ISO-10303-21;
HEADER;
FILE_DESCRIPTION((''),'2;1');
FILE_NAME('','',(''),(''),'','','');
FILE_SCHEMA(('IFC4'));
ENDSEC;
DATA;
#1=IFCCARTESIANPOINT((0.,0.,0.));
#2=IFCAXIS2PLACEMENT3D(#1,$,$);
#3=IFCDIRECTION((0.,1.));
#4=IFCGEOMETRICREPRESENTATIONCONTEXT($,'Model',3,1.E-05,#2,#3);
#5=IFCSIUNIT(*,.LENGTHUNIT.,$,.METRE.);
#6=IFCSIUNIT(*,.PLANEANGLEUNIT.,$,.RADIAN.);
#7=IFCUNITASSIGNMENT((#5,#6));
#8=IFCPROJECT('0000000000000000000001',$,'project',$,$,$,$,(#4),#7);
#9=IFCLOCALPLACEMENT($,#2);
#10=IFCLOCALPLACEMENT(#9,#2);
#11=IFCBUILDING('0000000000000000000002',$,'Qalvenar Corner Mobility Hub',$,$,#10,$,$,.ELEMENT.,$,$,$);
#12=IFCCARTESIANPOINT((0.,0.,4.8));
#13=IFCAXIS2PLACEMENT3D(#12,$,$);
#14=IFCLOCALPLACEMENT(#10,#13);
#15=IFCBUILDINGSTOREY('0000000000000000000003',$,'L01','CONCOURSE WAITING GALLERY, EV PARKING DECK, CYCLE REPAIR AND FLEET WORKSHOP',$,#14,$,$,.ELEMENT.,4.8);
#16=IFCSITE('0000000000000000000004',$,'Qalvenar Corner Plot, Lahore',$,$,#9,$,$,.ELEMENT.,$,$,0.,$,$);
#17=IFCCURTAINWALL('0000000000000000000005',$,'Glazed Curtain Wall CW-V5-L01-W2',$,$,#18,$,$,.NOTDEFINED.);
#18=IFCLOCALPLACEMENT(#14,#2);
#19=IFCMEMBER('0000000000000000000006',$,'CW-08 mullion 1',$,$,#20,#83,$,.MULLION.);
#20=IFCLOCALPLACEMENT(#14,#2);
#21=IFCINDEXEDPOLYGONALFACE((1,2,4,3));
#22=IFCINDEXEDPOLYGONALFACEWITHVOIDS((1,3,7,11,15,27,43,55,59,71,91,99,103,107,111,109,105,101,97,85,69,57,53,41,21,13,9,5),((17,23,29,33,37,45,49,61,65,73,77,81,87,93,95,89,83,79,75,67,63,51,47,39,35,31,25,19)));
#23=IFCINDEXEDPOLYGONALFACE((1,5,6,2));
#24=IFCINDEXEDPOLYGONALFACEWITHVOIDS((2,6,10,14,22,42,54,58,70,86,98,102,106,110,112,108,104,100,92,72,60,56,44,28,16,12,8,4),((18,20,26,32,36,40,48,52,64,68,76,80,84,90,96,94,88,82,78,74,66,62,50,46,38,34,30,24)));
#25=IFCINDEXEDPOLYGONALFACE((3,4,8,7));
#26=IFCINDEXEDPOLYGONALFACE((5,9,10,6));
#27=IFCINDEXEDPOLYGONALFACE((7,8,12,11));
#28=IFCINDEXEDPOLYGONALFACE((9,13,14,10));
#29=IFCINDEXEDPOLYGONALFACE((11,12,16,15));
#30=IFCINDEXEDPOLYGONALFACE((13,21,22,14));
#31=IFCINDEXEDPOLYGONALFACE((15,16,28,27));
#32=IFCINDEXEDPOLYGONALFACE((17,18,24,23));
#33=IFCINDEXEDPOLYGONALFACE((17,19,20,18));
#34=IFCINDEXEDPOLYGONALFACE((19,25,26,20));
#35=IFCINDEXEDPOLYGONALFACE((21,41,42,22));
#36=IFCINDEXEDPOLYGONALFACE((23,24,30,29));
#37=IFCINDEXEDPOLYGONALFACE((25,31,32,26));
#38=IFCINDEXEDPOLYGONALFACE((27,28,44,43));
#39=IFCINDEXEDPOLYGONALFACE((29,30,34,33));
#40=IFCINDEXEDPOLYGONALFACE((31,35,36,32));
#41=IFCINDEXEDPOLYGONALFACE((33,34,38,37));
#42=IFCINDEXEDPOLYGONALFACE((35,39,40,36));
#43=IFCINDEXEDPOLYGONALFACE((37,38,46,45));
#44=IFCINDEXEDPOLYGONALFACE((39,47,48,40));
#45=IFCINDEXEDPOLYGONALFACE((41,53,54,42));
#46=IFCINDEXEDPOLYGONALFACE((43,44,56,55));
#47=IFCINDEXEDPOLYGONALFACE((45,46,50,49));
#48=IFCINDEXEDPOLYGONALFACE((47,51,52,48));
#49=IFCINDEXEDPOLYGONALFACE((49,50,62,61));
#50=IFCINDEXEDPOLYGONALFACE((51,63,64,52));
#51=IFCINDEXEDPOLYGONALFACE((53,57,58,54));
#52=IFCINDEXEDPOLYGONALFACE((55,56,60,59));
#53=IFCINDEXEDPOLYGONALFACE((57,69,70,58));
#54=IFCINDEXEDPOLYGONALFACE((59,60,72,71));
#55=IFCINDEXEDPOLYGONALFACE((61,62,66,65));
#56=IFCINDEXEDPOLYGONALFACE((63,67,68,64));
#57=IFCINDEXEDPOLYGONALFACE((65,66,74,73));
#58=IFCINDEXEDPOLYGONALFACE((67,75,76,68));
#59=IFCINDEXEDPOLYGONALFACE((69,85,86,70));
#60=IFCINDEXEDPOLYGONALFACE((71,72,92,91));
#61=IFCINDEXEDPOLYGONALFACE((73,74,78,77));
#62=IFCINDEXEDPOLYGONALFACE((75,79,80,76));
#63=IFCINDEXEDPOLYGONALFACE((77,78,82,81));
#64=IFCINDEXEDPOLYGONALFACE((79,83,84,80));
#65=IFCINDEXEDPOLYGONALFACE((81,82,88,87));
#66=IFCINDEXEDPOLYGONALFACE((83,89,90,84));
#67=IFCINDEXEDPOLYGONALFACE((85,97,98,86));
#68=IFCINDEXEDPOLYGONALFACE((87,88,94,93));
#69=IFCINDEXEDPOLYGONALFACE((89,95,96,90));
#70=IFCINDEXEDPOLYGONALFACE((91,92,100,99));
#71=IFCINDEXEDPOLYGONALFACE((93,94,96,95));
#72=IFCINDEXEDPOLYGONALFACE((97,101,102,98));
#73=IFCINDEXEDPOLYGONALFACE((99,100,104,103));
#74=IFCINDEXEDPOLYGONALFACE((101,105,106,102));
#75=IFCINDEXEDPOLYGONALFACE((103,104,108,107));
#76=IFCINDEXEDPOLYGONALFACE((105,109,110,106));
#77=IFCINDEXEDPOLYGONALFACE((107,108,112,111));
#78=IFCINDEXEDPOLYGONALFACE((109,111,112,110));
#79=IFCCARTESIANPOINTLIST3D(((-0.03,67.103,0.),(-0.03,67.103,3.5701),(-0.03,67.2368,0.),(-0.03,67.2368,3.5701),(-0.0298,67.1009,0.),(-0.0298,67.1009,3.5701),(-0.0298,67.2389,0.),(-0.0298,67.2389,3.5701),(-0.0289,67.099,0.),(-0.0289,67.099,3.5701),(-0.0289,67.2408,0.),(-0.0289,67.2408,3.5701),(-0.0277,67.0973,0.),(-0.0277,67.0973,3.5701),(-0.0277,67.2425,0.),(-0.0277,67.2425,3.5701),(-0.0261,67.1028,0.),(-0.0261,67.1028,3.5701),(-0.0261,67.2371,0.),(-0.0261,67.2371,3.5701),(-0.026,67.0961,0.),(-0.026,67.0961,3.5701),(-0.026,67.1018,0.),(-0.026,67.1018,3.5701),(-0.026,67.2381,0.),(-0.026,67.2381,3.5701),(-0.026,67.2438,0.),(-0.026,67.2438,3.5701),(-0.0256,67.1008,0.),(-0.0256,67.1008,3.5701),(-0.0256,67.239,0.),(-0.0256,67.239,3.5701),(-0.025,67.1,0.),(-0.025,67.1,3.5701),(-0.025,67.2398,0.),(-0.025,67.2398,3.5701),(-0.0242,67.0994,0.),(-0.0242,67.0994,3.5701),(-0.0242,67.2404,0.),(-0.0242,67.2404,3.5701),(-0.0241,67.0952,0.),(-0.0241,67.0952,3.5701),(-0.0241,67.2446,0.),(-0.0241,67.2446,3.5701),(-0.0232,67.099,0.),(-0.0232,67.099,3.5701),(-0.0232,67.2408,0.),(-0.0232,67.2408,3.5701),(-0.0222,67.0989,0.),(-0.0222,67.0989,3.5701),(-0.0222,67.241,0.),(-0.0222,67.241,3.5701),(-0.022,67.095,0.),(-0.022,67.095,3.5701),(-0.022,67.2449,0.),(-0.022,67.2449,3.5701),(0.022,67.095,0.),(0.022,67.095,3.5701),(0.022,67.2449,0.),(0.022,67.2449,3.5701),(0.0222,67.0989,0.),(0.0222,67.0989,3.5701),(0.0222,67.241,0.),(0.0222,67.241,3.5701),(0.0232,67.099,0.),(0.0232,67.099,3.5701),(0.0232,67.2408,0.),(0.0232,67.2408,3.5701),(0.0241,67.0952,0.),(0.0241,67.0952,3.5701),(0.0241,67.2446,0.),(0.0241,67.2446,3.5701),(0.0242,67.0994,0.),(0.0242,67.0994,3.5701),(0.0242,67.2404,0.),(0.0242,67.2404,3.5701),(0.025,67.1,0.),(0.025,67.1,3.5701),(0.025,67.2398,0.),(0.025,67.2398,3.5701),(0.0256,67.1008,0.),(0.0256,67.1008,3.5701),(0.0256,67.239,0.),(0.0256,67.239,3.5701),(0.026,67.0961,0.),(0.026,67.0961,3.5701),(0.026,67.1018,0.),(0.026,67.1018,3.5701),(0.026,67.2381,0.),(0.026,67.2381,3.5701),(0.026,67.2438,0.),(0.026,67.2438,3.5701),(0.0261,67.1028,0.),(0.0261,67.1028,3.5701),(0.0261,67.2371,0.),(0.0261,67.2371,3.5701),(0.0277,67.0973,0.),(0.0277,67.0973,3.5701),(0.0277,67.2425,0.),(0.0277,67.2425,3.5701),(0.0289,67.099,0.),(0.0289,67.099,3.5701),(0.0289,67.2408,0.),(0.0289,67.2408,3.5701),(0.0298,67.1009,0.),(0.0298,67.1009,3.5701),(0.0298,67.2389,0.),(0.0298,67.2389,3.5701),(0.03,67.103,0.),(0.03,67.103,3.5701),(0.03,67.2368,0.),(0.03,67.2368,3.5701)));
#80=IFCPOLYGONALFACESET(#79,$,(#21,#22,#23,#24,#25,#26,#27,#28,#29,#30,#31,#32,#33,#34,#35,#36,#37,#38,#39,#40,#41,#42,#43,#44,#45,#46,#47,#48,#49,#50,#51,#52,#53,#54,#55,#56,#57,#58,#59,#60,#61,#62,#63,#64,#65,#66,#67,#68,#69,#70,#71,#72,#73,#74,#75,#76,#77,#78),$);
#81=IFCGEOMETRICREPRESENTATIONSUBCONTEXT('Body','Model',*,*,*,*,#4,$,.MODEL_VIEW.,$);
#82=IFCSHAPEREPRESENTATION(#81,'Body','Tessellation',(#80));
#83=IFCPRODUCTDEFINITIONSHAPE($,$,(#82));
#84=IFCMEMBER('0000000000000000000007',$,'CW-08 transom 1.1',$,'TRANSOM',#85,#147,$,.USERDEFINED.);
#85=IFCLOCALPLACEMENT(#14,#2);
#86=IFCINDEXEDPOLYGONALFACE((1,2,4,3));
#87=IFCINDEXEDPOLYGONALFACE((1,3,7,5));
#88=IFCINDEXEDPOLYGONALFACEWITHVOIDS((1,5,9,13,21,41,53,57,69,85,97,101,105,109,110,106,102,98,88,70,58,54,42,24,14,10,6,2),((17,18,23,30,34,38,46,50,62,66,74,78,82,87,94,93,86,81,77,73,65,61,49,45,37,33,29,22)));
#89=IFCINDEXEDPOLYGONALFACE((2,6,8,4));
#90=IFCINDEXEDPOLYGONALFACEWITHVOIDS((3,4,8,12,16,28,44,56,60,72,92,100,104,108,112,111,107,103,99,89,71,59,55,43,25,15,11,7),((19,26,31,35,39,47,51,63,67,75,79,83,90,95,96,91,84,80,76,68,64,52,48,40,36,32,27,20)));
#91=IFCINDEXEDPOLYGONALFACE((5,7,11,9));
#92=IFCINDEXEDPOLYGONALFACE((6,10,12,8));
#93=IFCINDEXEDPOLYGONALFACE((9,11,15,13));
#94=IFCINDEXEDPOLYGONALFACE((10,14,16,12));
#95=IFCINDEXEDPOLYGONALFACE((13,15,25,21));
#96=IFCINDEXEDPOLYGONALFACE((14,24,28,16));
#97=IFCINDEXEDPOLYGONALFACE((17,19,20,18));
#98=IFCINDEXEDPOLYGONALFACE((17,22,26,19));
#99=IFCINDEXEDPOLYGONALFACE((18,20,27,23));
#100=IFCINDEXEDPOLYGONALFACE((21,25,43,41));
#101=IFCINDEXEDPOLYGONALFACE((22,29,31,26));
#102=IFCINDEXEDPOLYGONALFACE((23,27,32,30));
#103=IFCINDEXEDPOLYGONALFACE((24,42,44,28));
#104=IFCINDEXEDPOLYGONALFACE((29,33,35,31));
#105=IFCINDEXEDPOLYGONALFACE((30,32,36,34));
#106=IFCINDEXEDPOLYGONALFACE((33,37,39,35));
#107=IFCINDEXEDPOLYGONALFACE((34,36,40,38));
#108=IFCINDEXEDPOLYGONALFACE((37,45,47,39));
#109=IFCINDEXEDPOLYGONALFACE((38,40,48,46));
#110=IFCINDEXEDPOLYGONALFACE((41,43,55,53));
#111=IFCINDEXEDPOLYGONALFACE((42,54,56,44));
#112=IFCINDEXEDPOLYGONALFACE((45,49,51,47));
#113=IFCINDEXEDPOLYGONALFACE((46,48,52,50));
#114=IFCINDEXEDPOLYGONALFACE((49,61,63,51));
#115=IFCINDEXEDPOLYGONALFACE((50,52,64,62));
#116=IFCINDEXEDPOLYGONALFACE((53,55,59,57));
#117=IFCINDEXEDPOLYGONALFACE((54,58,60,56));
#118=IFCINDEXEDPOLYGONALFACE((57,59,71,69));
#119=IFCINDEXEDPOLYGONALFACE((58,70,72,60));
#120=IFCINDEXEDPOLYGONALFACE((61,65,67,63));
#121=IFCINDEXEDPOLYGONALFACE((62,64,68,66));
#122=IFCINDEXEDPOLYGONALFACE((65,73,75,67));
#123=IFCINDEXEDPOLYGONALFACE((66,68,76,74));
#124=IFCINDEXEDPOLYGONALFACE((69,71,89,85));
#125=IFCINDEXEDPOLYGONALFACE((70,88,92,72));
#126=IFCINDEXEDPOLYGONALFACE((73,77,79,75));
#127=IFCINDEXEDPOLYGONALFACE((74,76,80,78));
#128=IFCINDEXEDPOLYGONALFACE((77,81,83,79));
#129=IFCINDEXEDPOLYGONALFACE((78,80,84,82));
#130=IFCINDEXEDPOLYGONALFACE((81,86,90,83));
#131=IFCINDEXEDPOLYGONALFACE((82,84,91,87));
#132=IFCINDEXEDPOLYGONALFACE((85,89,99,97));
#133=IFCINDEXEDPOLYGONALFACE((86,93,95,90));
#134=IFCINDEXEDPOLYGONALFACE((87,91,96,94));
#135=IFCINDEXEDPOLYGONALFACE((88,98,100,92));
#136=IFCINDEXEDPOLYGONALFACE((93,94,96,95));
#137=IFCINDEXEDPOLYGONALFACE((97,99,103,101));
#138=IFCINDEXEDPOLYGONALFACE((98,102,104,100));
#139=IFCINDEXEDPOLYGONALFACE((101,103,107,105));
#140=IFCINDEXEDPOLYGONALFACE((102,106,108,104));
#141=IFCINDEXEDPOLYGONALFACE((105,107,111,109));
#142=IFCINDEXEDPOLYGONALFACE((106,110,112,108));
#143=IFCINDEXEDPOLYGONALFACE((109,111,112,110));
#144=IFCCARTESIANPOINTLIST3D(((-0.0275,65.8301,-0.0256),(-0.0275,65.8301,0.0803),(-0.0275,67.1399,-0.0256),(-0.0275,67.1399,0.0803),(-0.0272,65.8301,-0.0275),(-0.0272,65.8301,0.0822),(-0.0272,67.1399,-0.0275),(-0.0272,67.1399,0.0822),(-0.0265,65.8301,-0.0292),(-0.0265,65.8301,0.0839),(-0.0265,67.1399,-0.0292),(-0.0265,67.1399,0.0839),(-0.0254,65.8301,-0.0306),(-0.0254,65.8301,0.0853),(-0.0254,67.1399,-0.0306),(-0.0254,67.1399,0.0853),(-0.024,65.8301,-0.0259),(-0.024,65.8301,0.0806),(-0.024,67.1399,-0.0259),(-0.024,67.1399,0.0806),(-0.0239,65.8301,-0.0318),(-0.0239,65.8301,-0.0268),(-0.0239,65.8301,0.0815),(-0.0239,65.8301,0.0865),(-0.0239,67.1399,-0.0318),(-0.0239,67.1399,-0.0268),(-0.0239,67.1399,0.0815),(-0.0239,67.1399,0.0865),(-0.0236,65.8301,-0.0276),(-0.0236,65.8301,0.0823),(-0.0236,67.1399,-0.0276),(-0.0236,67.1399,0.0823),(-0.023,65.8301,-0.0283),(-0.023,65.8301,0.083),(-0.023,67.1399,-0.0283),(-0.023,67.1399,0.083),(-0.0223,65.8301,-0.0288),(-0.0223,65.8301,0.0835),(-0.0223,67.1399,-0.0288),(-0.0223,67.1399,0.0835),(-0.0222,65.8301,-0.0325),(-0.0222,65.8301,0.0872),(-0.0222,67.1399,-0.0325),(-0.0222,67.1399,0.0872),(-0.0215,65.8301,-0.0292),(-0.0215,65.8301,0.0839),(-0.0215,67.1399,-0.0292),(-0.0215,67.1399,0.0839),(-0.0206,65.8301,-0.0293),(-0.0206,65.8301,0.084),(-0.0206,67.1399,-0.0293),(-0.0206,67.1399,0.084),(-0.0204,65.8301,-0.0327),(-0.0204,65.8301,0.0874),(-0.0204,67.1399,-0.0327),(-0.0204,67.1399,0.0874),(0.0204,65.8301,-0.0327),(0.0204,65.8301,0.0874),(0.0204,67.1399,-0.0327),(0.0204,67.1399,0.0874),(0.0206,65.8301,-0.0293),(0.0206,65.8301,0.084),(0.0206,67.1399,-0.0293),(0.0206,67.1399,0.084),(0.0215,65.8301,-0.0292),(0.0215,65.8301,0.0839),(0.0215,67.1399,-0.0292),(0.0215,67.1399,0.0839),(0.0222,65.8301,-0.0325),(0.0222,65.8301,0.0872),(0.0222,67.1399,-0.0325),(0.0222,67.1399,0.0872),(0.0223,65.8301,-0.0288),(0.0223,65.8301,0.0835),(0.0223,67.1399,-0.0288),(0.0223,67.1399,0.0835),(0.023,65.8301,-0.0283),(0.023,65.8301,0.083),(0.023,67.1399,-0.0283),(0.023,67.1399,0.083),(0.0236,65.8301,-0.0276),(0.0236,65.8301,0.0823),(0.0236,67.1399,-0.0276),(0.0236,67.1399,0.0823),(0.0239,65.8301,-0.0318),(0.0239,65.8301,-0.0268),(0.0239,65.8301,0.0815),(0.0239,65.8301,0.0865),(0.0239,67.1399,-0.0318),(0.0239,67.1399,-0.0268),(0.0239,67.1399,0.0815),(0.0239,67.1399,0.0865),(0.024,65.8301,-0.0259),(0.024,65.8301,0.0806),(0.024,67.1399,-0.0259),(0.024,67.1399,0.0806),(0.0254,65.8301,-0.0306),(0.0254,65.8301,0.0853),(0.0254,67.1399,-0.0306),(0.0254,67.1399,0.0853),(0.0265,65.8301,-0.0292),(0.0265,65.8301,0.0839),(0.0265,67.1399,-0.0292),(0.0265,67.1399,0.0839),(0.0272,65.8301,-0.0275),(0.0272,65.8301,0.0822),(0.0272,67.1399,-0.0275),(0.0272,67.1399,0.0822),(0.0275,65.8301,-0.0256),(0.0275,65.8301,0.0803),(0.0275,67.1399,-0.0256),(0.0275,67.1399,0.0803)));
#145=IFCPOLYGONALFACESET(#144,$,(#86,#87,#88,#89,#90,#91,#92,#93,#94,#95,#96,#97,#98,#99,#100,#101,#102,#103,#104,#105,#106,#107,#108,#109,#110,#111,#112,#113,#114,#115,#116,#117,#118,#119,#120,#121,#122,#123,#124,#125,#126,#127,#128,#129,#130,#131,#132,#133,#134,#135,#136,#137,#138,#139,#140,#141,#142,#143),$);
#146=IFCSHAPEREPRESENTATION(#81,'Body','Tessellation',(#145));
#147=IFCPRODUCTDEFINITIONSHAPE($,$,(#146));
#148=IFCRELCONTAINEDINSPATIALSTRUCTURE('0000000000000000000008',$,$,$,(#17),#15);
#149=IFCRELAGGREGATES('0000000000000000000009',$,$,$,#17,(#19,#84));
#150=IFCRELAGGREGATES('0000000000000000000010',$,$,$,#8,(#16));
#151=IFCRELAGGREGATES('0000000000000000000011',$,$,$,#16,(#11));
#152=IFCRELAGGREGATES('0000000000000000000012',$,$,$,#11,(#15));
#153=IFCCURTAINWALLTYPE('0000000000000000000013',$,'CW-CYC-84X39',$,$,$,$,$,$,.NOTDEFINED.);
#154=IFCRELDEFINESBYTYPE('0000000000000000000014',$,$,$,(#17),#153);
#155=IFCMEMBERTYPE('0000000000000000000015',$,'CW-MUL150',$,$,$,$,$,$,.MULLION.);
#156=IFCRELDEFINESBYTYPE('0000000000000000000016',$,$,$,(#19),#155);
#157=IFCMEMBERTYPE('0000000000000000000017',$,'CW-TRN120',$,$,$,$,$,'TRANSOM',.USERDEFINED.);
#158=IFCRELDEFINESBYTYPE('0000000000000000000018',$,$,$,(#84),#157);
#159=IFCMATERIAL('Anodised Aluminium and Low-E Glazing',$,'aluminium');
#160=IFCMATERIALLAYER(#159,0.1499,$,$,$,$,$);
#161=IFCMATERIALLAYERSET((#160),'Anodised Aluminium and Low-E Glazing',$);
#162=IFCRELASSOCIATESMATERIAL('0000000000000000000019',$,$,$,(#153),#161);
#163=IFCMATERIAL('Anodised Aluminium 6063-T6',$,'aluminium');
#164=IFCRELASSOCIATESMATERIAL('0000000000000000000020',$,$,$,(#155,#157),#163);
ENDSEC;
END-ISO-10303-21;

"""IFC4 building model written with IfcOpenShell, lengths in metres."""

from ifc_helpers import new_model, si_unit, direction, frame, origin, origin_2d, place, context, subcontext, project, spatial, hollow_rectangle, extrude, material, layer, layer_set, material_profile, profile_set, type_object, element, aggregate, save


model = new_model("IFC4")

# Units and contexts
model_context = context("Model", 3, precision=1e-05, world=origin(), true_north=direction((0.0, 1.0)))
body_context = subcontext(model_context, "Body", "Model", "MODEL_VIEW")
ifc_project = project(units=[si_unit("LENGTHUNIT", "METRE"), si_unit("PLANEANGLEUNIT", "RADIAN")], contexts=[model_context])

# Site, building, storey
site_placement = place(None, origin())
site = spatial("IfcSite", under=ifc_project, at=site_placement, Name="Qalvenar Corner Plot, Lahore", CompositionType="ELEMENT", RefElevation=0.0)
building_placement = place(site_placement, origin())
building = spatial("IfcBuilding", under=site, at=building_placement, Name="Qalvenar Corner Mobility Hub", CompositionType="ELEMENT")
storey_placement = place(building_placement, frame((0.0, 0.0, 4.8)))
storey = spatial("IfcBuildingStorey", under=building, at=storey_placement, Name="L01", Description="CONCOURSE WAITING GALLERY, EV PARKING DECK, CYCLE REPAIR AND FLEET WORKSHOP", CompositionType="ELEMENT", Elevation=4.8)

# Curtain wall, members
ifc_material_1 = material(Name="Anodised Aluminium and Low-E Glazing", Category="aluminium")
ifc_layer_1 = layer(ifc_material_1, 0.1499)
ifc_layer_set_1 = layer_set([ifc_layer_1], Name="Anodised Aluminium and Low-E Glazing")
curtain_wall_type = type_object("IfcCurtainWallType", Name="CW-CYC-84X39", PredefinedType="NOTDEFINED", material=ifc_layer_set_1)
curtain_wall_placement = place(storey_placement, origin())
curtain_wall = element("IfcCurtainWall", 1, at=curtain_wall_placement, inside=storey, type_object=curtain_wall_type, Name="Glazed Curtain Wall CW-V5-L01-W2", PredefinedType="NOTDEFINED")
ifc_material_2 = material(Name="Anodised Aluminium 6063-T6", Category="aluminium")
ifc_material_profile_1 = material_profile(ifc_material_2, hollow_rectangle(XDim=0.0601, YDim=0.1499, WallThickness=0.0039, InnerFilletRadius=0.0039, OuterFilletRadius=0.0081, at=origin_2d()), Name="RHS150x60x4")
ifc_profile_set_1 = profile_set([ifc_material_profile_1], Name="Anodised Aluminium 6063-T6")
member_type_1 = type_object("IfcMemberType", Name="CW-MUL150", PredefinedType="MULLION", material=ifc_profile_set_1)
member_1_placement = place(storey_placement, frame((0.0, 67.1699, 0.0), z_axis=(0.0, 0.0, 1.0), x_axis=(1.0, 0.0, 0.0)))
member_1 = element("IfcMember", 2, at=member_1_placement, type_object=member_type_1, Name="CW-08 mullion 1", PredefinedType="MULLION", context=body_context, shape_type="SweptSolid", body=[
    extrude(hollow_rectangle(XDim=0.0601, YDim=0.1499, WallThickness=0.0039, InnerFilletRadius=0.0039, OuterFilletRadius=0.0081, at=origin_2d()), origin(), (0.0, 0.0, 1.0), 3.5701),
])
ifc_material_profile_2 = material_profile(ifc_material_2, hollow_rectangle(XDim=0.0549, YDim=0.1201, WallThickness=0.0034, InnerFilletRadius=0.0034, OuterFilletRadius=0.0071, at=origin_2d()), Name="RHS120x55x3.5")
ifc_profile_set_2 = profile_set([ifc_material_profile_2], Name="Anodised Aluminium 6063-T6")
member_type_2 = type_object("IfcMemberType", Name="CW-TRN120", ElementType="TRANSOM", PredefinedType="USERDEFINED", material=ifc_profile_set_2)
member_2_placement = place(storey_placement, frame((0.0, 67.1399, 0.0273), z_axis=(0.0, -1.0, 0.0), x_axis=(1.0, 0.0, 0.0)))
member_2 = element("IfcMember", 3, at=member_2_placement, type_object=member_type_2, Name="CW-08 transom 1.1", ObjectType="TRANSOM", PredefinedType="USERDEFINED", context=body_context, shape_type="SweptSolid", body=[
    extrude(hollow_rectangle(XDim=0.0549, YDim=0.1201, WallThickness=0.0034, InnerFilletRadius=0.0034, OuterFilletRadius=0.0071, at=origin_2d()), origin(), (0.0, 0.0, 1.0), 1.3098),
])
aggregate(curtain_wall, [member_1, member_2])

save(model, "model.ifc")
